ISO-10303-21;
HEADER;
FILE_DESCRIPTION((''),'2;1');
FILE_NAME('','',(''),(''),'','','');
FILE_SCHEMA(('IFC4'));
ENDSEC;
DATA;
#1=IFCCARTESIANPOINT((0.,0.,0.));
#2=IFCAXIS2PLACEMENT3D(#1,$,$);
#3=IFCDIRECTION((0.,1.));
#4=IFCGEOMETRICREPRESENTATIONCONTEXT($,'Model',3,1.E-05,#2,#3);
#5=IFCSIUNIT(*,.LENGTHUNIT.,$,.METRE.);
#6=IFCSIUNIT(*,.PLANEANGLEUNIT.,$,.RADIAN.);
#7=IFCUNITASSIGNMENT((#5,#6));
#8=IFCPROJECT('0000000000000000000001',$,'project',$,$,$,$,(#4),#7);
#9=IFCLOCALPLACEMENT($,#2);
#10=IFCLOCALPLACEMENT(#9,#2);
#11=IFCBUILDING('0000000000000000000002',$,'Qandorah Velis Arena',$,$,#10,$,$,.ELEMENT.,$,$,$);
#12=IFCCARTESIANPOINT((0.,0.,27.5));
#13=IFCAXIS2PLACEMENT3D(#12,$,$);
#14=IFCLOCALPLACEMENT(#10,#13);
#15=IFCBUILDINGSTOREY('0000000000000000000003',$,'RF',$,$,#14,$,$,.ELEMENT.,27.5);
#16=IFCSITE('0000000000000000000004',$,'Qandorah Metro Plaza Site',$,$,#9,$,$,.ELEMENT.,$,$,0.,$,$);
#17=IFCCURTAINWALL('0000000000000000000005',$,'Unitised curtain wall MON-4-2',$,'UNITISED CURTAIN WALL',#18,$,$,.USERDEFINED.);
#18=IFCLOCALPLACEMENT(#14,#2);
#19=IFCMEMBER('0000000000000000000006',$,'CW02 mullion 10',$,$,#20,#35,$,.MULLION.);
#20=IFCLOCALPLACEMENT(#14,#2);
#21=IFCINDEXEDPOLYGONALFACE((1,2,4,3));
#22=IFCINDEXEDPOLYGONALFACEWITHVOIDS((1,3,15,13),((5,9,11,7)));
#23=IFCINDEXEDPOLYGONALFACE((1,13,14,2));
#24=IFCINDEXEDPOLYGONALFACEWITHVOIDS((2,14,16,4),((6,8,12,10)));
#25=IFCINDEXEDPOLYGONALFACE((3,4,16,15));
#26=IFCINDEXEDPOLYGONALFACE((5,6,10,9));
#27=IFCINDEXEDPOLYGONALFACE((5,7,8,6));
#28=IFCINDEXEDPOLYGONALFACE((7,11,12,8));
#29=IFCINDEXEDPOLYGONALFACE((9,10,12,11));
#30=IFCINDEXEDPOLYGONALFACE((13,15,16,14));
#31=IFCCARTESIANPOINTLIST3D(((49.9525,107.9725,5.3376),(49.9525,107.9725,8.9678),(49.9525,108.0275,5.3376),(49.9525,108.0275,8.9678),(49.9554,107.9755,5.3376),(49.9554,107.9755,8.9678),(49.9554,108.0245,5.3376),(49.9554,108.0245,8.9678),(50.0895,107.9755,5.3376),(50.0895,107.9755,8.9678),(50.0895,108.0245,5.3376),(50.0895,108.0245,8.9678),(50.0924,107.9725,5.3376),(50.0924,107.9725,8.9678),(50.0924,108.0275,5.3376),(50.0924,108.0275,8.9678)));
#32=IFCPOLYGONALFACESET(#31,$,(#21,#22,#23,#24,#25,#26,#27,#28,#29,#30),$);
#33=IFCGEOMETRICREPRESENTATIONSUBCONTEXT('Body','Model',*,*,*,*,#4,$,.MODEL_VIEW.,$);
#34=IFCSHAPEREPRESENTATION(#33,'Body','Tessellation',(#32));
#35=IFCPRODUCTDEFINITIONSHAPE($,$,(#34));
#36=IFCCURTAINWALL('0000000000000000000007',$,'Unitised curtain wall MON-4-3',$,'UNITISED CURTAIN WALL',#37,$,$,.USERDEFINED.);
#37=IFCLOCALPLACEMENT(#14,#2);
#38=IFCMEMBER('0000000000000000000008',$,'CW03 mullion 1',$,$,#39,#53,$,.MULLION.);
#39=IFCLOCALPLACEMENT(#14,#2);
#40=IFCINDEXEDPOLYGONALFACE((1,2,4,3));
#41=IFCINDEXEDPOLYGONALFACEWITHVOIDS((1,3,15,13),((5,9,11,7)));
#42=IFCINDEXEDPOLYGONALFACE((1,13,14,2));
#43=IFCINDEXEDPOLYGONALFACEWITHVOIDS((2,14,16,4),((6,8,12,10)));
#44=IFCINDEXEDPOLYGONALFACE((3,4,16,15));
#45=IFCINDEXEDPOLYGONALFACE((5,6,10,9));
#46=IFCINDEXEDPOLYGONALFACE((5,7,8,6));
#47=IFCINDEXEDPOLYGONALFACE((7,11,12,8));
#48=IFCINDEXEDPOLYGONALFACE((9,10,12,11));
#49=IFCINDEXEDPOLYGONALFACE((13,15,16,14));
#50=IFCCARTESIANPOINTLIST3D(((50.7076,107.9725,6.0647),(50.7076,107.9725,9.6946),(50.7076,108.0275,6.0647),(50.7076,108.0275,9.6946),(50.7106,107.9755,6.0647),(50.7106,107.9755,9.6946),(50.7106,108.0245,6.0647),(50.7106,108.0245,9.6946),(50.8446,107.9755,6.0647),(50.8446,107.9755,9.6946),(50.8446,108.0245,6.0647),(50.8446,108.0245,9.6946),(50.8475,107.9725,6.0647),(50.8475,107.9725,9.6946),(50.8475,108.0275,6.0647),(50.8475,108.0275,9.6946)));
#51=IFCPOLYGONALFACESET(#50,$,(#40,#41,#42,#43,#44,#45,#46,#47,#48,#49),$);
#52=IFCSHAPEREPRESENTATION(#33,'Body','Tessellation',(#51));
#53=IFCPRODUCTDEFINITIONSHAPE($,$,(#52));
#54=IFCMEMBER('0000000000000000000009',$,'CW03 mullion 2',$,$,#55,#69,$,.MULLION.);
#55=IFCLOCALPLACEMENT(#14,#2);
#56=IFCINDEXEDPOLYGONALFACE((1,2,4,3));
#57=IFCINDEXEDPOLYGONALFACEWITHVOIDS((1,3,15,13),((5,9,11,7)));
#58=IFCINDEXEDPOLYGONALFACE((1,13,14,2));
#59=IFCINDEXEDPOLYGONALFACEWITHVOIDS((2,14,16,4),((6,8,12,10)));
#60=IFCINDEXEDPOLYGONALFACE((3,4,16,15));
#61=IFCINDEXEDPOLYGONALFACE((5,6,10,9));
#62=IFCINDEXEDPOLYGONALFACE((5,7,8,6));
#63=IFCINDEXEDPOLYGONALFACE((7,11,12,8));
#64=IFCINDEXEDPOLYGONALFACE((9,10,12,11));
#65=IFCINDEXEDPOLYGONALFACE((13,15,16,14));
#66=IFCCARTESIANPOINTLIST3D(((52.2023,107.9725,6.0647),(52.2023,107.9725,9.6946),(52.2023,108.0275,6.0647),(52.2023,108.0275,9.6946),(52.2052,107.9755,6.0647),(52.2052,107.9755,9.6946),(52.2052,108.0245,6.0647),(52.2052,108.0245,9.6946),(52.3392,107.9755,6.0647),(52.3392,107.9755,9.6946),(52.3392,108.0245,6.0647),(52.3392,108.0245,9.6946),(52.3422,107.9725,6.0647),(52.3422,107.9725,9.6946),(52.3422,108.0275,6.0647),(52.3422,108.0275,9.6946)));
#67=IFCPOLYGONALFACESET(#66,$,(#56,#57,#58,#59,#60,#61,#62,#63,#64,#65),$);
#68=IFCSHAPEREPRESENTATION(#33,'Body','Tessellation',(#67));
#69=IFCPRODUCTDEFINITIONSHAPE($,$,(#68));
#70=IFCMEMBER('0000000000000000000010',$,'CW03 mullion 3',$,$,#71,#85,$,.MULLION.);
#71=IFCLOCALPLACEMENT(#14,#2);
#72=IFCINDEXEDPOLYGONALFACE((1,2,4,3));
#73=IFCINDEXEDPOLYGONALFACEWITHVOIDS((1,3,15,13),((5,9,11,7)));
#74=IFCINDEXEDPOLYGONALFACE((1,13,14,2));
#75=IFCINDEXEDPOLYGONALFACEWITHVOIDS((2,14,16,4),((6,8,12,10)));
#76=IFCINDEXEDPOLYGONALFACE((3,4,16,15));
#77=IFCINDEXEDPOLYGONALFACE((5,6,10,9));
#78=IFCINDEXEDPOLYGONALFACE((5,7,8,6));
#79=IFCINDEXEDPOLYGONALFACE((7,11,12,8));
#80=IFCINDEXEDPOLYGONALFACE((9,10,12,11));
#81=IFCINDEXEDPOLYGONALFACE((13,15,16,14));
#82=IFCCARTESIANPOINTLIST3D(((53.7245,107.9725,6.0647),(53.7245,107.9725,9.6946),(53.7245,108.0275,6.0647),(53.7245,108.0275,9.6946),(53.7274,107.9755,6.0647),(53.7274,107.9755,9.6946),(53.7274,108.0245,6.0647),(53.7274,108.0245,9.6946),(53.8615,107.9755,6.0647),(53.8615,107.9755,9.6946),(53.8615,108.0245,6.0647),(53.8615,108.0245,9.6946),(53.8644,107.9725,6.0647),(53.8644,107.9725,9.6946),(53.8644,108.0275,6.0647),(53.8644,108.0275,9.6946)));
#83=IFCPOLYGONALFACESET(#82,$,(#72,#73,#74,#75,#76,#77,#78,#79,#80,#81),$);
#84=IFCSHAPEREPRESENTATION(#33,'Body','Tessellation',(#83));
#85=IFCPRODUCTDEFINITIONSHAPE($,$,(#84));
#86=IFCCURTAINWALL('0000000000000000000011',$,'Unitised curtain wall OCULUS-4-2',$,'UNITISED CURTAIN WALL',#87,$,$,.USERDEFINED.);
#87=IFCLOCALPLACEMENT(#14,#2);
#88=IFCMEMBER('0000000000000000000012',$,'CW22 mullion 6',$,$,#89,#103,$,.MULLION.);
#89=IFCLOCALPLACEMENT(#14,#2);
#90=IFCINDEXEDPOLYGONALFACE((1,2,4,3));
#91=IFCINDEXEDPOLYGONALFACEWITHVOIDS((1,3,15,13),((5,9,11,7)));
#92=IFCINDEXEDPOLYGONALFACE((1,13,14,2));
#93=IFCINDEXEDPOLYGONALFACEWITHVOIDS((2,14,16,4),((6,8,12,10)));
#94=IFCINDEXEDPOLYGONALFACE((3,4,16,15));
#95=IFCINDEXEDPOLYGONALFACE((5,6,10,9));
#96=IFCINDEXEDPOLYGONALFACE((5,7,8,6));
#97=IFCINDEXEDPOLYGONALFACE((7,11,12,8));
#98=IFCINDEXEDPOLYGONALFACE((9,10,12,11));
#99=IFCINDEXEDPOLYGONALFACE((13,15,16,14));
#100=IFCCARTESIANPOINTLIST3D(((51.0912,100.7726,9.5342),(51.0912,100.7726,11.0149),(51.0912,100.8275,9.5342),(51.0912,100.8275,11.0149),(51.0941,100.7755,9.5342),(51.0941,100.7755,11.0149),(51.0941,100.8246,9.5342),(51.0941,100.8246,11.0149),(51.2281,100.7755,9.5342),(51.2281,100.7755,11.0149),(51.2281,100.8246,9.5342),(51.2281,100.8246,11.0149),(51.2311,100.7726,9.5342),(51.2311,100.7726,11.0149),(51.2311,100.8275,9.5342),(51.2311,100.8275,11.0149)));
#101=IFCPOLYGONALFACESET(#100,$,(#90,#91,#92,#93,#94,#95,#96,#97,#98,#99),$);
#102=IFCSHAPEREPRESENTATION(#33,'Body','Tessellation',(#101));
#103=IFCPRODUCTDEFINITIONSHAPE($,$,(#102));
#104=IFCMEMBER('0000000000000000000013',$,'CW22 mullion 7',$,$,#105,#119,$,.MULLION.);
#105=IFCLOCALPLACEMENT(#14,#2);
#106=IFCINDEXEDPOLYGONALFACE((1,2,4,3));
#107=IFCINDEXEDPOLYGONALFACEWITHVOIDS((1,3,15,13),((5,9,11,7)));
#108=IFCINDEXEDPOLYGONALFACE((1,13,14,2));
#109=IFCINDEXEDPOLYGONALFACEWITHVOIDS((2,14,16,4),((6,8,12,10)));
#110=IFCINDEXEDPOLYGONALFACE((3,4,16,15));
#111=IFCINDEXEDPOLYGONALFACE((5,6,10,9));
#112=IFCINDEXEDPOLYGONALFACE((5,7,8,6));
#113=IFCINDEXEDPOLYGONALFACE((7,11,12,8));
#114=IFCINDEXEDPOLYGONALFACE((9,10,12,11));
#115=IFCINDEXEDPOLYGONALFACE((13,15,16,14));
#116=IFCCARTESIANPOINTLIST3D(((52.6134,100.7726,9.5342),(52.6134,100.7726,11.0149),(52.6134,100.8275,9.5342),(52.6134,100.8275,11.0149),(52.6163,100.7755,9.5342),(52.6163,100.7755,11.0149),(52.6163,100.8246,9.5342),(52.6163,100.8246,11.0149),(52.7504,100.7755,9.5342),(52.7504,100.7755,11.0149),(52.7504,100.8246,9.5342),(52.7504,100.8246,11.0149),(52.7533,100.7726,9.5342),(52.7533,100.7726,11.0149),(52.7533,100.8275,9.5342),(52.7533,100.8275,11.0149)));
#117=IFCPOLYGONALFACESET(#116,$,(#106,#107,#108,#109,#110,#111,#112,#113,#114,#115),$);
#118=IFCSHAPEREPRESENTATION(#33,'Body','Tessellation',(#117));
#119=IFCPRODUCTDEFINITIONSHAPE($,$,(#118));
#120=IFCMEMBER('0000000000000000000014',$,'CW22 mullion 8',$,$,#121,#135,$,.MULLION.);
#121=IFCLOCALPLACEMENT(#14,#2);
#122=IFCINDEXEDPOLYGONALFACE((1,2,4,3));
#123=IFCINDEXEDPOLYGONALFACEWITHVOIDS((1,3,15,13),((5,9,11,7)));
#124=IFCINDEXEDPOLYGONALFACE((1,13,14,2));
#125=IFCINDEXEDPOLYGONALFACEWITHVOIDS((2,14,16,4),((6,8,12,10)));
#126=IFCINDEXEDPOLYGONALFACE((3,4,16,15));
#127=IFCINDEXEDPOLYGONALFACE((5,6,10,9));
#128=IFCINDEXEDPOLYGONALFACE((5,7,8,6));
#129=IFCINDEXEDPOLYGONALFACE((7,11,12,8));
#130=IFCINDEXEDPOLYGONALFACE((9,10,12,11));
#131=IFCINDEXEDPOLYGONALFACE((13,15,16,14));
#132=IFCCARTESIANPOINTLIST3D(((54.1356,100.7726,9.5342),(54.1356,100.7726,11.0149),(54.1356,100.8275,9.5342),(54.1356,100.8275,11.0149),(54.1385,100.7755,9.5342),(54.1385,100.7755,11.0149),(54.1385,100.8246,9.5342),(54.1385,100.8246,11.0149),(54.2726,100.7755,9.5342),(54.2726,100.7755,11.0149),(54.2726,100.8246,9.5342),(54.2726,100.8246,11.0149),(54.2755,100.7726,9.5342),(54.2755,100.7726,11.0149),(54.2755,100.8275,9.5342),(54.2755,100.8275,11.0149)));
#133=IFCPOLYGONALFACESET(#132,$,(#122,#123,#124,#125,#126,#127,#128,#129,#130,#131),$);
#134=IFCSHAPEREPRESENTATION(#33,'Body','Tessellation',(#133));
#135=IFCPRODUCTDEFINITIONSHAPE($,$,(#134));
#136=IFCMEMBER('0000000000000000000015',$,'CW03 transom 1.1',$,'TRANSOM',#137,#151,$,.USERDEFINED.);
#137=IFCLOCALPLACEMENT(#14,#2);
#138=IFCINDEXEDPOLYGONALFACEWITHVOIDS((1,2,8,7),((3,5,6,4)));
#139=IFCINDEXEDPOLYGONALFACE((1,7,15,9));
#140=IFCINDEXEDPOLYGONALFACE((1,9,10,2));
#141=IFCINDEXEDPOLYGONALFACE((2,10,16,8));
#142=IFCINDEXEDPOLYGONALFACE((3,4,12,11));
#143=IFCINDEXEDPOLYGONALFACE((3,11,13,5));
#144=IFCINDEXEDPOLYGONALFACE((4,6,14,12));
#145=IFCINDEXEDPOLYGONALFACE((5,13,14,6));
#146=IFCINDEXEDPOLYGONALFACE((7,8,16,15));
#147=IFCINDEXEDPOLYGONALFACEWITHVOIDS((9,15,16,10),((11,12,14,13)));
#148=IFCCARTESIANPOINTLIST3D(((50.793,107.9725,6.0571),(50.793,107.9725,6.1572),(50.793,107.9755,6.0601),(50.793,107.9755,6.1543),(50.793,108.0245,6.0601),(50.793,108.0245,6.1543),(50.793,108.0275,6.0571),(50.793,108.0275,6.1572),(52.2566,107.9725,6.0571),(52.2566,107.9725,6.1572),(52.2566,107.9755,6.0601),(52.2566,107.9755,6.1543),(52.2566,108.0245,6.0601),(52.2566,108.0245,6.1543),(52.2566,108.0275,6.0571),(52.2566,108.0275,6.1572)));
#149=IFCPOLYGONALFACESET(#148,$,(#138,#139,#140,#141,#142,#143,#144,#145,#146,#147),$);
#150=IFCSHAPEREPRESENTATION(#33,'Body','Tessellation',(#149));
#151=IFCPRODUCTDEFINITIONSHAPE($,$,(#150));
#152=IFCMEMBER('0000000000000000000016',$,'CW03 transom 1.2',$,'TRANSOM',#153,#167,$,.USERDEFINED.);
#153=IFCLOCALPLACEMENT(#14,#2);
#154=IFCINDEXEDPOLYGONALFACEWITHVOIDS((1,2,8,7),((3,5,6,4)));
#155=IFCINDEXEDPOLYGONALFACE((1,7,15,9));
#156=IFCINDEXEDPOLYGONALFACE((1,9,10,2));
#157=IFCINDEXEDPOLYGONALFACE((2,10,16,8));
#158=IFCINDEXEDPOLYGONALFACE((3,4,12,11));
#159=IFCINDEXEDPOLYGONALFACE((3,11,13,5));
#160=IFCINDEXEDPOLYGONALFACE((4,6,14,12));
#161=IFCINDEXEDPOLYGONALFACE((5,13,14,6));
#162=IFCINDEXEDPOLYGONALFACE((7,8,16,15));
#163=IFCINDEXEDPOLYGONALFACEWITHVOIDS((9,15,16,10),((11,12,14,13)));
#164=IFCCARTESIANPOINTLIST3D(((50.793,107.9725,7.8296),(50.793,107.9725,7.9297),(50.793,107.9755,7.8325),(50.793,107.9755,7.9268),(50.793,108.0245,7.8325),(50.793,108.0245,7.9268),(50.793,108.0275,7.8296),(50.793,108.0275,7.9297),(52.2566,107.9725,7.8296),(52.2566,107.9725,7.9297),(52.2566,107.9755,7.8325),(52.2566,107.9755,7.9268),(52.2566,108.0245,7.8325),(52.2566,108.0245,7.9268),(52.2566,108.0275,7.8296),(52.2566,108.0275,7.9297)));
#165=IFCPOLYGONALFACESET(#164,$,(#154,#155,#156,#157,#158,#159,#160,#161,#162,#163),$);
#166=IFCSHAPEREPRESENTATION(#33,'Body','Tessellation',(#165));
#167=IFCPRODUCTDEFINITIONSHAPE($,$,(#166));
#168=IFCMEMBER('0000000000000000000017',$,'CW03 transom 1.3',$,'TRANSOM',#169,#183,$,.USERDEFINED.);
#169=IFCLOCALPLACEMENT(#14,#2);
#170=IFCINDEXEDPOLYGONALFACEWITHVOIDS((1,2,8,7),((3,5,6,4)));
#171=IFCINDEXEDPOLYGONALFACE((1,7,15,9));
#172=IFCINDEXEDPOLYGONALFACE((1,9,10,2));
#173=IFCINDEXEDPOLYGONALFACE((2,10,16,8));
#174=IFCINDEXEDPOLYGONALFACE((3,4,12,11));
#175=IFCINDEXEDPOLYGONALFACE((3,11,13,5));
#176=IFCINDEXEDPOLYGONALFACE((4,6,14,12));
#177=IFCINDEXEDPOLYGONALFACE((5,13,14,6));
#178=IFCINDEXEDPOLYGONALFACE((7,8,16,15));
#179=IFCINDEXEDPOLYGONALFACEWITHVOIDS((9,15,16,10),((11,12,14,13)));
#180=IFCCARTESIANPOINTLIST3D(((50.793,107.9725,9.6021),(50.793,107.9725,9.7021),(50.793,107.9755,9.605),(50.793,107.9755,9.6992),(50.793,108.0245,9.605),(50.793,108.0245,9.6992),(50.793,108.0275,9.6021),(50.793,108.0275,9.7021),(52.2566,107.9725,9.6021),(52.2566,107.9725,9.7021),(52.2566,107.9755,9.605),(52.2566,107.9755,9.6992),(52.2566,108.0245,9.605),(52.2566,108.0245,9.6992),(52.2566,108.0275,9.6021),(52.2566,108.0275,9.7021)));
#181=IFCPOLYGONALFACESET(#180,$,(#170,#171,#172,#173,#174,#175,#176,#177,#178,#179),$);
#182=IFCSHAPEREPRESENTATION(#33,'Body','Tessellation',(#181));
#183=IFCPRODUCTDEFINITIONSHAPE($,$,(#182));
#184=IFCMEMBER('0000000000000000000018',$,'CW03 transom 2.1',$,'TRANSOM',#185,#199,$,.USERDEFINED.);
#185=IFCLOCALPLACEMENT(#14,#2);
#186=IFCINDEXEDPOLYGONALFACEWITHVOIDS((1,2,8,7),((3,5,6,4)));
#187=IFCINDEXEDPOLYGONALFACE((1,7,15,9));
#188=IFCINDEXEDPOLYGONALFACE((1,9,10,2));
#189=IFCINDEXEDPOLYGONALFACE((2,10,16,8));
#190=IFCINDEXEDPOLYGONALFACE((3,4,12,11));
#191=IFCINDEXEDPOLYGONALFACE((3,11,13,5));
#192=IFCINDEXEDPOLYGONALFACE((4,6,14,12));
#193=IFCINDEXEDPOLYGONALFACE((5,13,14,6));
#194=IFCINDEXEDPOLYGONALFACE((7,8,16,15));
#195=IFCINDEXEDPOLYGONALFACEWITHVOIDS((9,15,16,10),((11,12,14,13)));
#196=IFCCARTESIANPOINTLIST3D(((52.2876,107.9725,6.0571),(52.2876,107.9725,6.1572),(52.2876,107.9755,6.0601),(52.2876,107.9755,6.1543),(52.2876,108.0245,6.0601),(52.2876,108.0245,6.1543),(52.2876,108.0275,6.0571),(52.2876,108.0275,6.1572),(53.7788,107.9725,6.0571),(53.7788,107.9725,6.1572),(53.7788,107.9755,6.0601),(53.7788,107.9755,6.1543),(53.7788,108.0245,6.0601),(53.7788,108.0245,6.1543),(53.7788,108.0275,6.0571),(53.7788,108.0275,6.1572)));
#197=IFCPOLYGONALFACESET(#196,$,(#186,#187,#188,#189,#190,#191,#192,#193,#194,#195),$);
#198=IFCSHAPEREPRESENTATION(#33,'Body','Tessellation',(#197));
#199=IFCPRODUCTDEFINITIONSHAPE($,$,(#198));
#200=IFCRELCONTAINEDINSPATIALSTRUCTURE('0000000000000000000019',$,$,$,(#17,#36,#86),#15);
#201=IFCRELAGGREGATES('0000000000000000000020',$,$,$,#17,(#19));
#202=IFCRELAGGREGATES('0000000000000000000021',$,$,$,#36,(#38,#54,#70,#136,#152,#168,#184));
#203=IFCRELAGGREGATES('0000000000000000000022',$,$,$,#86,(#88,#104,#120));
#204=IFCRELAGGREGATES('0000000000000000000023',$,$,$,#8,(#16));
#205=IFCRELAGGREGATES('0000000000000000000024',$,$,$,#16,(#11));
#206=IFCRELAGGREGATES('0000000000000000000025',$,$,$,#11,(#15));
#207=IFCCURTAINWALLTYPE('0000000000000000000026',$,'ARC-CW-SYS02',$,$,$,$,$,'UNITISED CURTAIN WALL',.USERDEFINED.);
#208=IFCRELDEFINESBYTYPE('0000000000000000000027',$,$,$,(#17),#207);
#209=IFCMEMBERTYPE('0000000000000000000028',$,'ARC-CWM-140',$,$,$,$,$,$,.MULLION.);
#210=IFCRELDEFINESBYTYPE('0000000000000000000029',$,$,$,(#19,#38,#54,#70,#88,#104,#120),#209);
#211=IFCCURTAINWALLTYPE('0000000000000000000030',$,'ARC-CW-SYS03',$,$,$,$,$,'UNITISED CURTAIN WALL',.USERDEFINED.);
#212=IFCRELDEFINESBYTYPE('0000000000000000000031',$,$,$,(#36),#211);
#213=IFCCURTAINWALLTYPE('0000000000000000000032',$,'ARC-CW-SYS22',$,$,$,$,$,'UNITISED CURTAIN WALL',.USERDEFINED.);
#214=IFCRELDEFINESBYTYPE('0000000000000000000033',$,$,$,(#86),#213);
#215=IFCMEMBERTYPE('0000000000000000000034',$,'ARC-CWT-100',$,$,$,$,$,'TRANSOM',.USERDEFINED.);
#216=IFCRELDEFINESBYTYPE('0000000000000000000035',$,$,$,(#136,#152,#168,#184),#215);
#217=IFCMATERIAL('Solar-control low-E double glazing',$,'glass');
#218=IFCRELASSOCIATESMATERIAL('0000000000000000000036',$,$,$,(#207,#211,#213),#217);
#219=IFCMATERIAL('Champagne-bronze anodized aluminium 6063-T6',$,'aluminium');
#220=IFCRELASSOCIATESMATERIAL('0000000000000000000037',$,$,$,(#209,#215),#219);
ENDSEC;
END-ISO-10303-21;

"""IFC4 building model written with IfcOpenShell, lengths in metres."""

from ifc_helpers import new_model, si_unit, direction, frame, origin, origin_2d, place, context, subcontext, project, spatial, hollow_rectangle, extrude, material, material_profile, profile_set, type_object, element, aggregate, save


model = new_model("IFC4")

# Units and contexts
model_context = context("Model", 3, precision=1e-05, world=origin(), true_north=direction((0.0, 1.0)))
body_context = subcontext(model_context, "Body", "Model", "MODEL_VIEW")
ifc_project = project(units=[si_unit("LENGTHUNIT", "METRE"), si_unit("PLANEANGLEUNIT", "RADIAN")], contexts=[model_context])

# Site, building, storey
site_placement = place(None, origin())
site = spatial("IfcSite", under=ifc_project, at=site_placement, Name="Qandorah Metro Plaza Site", CompositionType="ELEMENT", RefElevation=0.0)
building_placement = place(site_placement, origin())
building = spatial("IfcBuilding", under=site, at=building_placement, Name="Qandorah Velis Arena", CompositionType="ELEMENT")
storey_placement = place(building_placement, frame((0.0, 0.0, 27.5)))
storey = spatial("IfcBuildingStorey", under=building, at=storey_placement, Name="RF", CompositionType="ELEMENT", Elevation=27.5)

# Curtain wall, member
ifc_material_1 = material(Name="Solar-control low-E double glazing", Category="glass")
curtain_wall_type_1 = type_object("IfcCurtainWallType", Name="ARC-CW-SYS02", ElementType="UNITISED CURTAIN WALL", PredefinedType="USERDEFINED", material=ifc_material_1)
curtain_wall_1_placement = place(storey_placement, origin())
curtain_wall_1 = element("IfcCurtainWall", 1, at=curtain_wall_1_placement, inside=storey, type_object=curtain_wall_type_1, Name="Unitised curtain wall MON-4-2", ObjectType="UNITISED CURTAIN WALL", PredefinedType="USERDEFINED")
ifc_material_2 = material(Name="Champagne-bronze anodized aluminium 6063-T6", Category="aluminium")
ifc_material_profile_1 = material_profile(ifc_material_2, hollow_rectangle(XDim=0.0549, YDim=0.1399, WallThickness=0.0029, at=origin_2d()), Name="ALU MULLION 55x140")
ifc_profile_set_1 = profile_set([ifc_material_profile_1], Name="Champagne-bronze anodized aluminium 6063-T6")
member_type_1 = type_object("IfcMemberType", Name="ARC-CWM-140", PredefinedType="MULLION", material=ifc_profile_set_1)
member_1_placement = place(storey_placement, frame((50.0225, 108.0, 5.3376), z_axis=(0.0, 0.0, 1.0), x_axis=(0.0, 1.0, 0.0)))
member_1 = element("IfcMember", 2, at=member_1_placement, type_object=member_type_1, Name="CW02 mullion 10", PredefinedType="MULLION", context=body_context, shape_type="SweptSolid", body=[
    extrude(hollow_rectangle(XDim=0.0549, YDim=0.1399, WallThickness=0.0029, at=origin_2d()), origin(), (0.0, 0.0, 1.0), 3.6301),
])
aggregate(curtain_wall_1, [member_1])

# Curtain walls, members
curtain_wall_type_2 = type_object("IfcCurtainWallType", Name="ARC-CW-SYS03", ElementType="UNITISED CURTAIN WALL", PredefinedType="USERDEFINED", material=ifc_material_1)
curtain_wall_2_placement = place(storey_placement, origin())
curtain_wall_2 = element("IfcCurtainWall", 3, at=curtain_wall_2_placement, inside=storey, type_object=curtain_wall_type_2, Name="Unitised curtain wall MON-4-3", ObjectType="UNITISED CURTAIN WALL", PredefinedType="USERDEFINED")
member_2_placement = place(storey_placement, frame((50.7776, 108.0, 6.0647), z_axis=(0.0, 0.0, 1.0), x_axis=(0.0, 1.0, 0.0)))
member_2 = element("IfcMember", 4, at=member_2_placement, type_object=member_type_1, Name="CW03 mullion 1", PredefinedType="MULLION", context=body_context, shape_type="SweptSolid", body=[
    extrude(hollow_rectangle(XDim=0.0549, YDim=0.1399, WallThickness=0.0029, at=origin_2d()), origin(), (0.0, 0.0, 1.0), 3.6299),
])
member_3_placement = place(storey_placement, frame((52.2722, 108.0, 6.0647), z_axis=(0.0, 0.0, 1.0), x_axis=(0.0, 1.0, 0.0)))
member_3 = element("IfcMember", 5, at=member_3_placement, type_object=member_type_1, Name="CW03 mullion 2", PredefinedType="MULLION", context=body_context, shape_type="SweptSolid", body=[
    extrude(hollow_rectangle(XDim=0.0549, YDim=0.1399, WallThickness=0.0029, at=origin_2d()), origin(), (0.0, 0.0, 1.0), 3.6299),
])
member_4_placement = place(storey_placement, frame((53.7944, 108.0, 6.0647), z_axis=(0.0, 0.0, 1.0), x_axis=(0.0, 1.0, 0.0)))
member_4 = element("IfcMember", 6, at=member_4_placement, type_object=member_type_1, Name="CW03 mullion 3", PredefinedType="MULLION", context=body_context, shape_type="SweptSolid", body=[
    extrude(hollow_rectangle(XDim=0.0549, YDim=0.1399, WallThickness=0.0029, at=origin_2d()), origin(), (0.0, 0.0, 1.0), 3.6299),
])
curtain_wall_type_3 = type_object("IfcCurtainWallType", Name="ARC-CW-SYS22", ElementType="UNITISED CURTAIN WALL", PredefinedType="USERDEFINED", material=ifc_material_1)
curtain_wall_3_placement = place(storey_placement, origin())
curtain_wall_3 = element("IfcCurtainWall", 7, at=curtain_wall_3_placement, inside=storey, type_object=curtain_wall_type_3, Name="Unitised curtain wall OCULUS-4-2", ObjectType="UNITISED CURTAIN WALL", PredefinedType="USERDEFINED")
member_5_placement = place(storey_placement, frame((51.1611, 100.8, 9.5342), z_axis=(0.0, 0.0, 1.0), x_axis=(0.0, 1.0, 0.0)))
member_5 = element("IfcMember", 8, at=member_5_placement, type_object=member_type_1, Name="CW22 mullion 6", PredefinedType="MULLION", context=body_context, shape_type="SweptSolid", body=[
    extrude(hollow_rectangle(XDim=0.0549, YDim=0.1399, WallThickness=0.0029, at=origin_2d()), origin(), (0.0, 0.0, 1.0), 1.4807),
])
member_6_placement = place(storey_placement, frame((52.6833, 100.8, 9.5342), z_axis=(0.0, 0.0, 1.0), x_axis=(0.0, 1.0, 0.0)))
member_6 = element("IfcMember", 9, at=member_6_placement, type_object=member_type_1, Name="CW22 mullion 7", PredefinedType="MULLION", context=body_context, shape_type="SweptSolid", body=[
    extrude(hollow_rectangle(XDim=0.0549, YDim=0.1399, WallThickness=0.0029, at=origin_2d()), origin(), (0.0, 0.0, 1.0), 1.4807),
])
member_7_placement = place(storey_placement, frame((54.2056, 100.8, 9.5342), z_axis=(0.0, 0.0, 1.0), x_axis=(0.0, 1.0, 0.0)))
member_7 = element("IfcMember", 10, at=member_7_placement, type_object=member_type_1, Name="CW22 mullion 8", PredefinedType="MULLION", context=body_context, shape_type="SweptSolid", body=[
    extrude(hollow_rectangle(XDim=0.0549, YDim=0.1399, WallThickness=0.0029, at=origin_2d()), origin(), (0.0, 0.0, 1.0), 1.4807),
])

# Members
ifc_material_profile_2 = material_profile(ifc_material_2, hollow_rectangle(XDim=0.0549, YDim=0.1001, WallThickness=0.0029, at=origin_2d()), Name="ALU TRANSOM 55x100")
ifc_profile_set_2 = profile_set([ifc_material_profile_2], Name="Champagne-bronze anodized aluminium 6063-T6")
member_type_2 = type_object("IfcMemberType", Name="ARC-CWT-100", ElementType="TRANSOM", PredefinedType="USERDEFINED", material=ifc_profile_set_2)
member_8_placement = place(storey_placement, frame((50.793, 108.0, 6.1072), z_axis=(1.0, 0.0, 0.0), x_axis=(0.0, 1.0, 0.0)))
member_8 = element("IfcMember", 11, at=member_8_placement, type_object=member_type_2, Name="CW03 transom 1.1", ObjectType="TRANSOM", PredefinedType="USERDEFINED", context=body_context, shape_type="SweptSolid", body=[
    extrude(hollow_rectangle(XDim=0.0549, YDim=0.1001, WallThickness=0.0029, at=origin_2d()), origin(), (0.0, 0.0, 1.0), 1.4636),
])
member_9_placement = place(storey_placement, frame((50.793, 108.0, 7.8796), z_axis=(1.0, 0.0, 0.0), x_axis=(0.0, 1.0, 0.0)))
member_9 = element("IfcMember", 12, at=member_9_placement, type_object=member_type_2, Name="CW03 transom 1.2", ObjectType="TRANSOM", PredefinedType="USERDEFINED", context=body_context, shape_type="SweptSolid", body=[
    extrude(hollow_rectangle(XDim=0.0549, YDim=0.1001, WallThickness=0.0029, at=origin_2d()), origin(), (0.0, 0.0, 1.0), 1.4636),
])
member_10_placement = place(storey_placement, frame((50.793, 108.0, 9.6521), z_axis=(1.0, 0.0, 0.0), x_axis=(0.0, 1.0, 0.0)))
member_10 = element("IfcMember", 13, at=member_10_placement, type_object=member_type_2, Name="CW03 transom 1.3", ObjectType="TRANSOM", PredefinedType="USERDEFINED", context=body_context, shape_type="SweptSolid", body=[
    extrude(hollow_rectangle(XDim=0.0549, YDim=0.1001, WallThickness=0.0029, at=origin_2d()), origin(), (0.0, 0.0, 1.0), 1.4636),
])
member_11_placement = place(storey_placement, frame((52.2876, 108.0, 6.1072), z_axis=(1.0, 0.0, 0.0), x_axis=(0.0, 1.0, 0.0)))
member_11 = element("IfcMember", 14, at=member_11_placement, type_object=member_type_2, Name="CW03 transom 2.1", ObjectType="TRANSOM", PredefinedType="USERDEFINED", context=body_context, shape_type="SweptSolid", body=[
    extrude(hollow_rectangle(XDim=0.0549, YDim=0.1001, WallThickness=0.0029, at=origin_2d()), origin(), (0.0, 0.0, 1.0), 1.4912),
])

aggregate(curtain_wall_2, [member_2, member_3, member_4, member_8, member_9, member_10, member_11])
aggregate(curtain_wall_3, [member_5, member_6, member_7])

save(model, "model.ifc")
